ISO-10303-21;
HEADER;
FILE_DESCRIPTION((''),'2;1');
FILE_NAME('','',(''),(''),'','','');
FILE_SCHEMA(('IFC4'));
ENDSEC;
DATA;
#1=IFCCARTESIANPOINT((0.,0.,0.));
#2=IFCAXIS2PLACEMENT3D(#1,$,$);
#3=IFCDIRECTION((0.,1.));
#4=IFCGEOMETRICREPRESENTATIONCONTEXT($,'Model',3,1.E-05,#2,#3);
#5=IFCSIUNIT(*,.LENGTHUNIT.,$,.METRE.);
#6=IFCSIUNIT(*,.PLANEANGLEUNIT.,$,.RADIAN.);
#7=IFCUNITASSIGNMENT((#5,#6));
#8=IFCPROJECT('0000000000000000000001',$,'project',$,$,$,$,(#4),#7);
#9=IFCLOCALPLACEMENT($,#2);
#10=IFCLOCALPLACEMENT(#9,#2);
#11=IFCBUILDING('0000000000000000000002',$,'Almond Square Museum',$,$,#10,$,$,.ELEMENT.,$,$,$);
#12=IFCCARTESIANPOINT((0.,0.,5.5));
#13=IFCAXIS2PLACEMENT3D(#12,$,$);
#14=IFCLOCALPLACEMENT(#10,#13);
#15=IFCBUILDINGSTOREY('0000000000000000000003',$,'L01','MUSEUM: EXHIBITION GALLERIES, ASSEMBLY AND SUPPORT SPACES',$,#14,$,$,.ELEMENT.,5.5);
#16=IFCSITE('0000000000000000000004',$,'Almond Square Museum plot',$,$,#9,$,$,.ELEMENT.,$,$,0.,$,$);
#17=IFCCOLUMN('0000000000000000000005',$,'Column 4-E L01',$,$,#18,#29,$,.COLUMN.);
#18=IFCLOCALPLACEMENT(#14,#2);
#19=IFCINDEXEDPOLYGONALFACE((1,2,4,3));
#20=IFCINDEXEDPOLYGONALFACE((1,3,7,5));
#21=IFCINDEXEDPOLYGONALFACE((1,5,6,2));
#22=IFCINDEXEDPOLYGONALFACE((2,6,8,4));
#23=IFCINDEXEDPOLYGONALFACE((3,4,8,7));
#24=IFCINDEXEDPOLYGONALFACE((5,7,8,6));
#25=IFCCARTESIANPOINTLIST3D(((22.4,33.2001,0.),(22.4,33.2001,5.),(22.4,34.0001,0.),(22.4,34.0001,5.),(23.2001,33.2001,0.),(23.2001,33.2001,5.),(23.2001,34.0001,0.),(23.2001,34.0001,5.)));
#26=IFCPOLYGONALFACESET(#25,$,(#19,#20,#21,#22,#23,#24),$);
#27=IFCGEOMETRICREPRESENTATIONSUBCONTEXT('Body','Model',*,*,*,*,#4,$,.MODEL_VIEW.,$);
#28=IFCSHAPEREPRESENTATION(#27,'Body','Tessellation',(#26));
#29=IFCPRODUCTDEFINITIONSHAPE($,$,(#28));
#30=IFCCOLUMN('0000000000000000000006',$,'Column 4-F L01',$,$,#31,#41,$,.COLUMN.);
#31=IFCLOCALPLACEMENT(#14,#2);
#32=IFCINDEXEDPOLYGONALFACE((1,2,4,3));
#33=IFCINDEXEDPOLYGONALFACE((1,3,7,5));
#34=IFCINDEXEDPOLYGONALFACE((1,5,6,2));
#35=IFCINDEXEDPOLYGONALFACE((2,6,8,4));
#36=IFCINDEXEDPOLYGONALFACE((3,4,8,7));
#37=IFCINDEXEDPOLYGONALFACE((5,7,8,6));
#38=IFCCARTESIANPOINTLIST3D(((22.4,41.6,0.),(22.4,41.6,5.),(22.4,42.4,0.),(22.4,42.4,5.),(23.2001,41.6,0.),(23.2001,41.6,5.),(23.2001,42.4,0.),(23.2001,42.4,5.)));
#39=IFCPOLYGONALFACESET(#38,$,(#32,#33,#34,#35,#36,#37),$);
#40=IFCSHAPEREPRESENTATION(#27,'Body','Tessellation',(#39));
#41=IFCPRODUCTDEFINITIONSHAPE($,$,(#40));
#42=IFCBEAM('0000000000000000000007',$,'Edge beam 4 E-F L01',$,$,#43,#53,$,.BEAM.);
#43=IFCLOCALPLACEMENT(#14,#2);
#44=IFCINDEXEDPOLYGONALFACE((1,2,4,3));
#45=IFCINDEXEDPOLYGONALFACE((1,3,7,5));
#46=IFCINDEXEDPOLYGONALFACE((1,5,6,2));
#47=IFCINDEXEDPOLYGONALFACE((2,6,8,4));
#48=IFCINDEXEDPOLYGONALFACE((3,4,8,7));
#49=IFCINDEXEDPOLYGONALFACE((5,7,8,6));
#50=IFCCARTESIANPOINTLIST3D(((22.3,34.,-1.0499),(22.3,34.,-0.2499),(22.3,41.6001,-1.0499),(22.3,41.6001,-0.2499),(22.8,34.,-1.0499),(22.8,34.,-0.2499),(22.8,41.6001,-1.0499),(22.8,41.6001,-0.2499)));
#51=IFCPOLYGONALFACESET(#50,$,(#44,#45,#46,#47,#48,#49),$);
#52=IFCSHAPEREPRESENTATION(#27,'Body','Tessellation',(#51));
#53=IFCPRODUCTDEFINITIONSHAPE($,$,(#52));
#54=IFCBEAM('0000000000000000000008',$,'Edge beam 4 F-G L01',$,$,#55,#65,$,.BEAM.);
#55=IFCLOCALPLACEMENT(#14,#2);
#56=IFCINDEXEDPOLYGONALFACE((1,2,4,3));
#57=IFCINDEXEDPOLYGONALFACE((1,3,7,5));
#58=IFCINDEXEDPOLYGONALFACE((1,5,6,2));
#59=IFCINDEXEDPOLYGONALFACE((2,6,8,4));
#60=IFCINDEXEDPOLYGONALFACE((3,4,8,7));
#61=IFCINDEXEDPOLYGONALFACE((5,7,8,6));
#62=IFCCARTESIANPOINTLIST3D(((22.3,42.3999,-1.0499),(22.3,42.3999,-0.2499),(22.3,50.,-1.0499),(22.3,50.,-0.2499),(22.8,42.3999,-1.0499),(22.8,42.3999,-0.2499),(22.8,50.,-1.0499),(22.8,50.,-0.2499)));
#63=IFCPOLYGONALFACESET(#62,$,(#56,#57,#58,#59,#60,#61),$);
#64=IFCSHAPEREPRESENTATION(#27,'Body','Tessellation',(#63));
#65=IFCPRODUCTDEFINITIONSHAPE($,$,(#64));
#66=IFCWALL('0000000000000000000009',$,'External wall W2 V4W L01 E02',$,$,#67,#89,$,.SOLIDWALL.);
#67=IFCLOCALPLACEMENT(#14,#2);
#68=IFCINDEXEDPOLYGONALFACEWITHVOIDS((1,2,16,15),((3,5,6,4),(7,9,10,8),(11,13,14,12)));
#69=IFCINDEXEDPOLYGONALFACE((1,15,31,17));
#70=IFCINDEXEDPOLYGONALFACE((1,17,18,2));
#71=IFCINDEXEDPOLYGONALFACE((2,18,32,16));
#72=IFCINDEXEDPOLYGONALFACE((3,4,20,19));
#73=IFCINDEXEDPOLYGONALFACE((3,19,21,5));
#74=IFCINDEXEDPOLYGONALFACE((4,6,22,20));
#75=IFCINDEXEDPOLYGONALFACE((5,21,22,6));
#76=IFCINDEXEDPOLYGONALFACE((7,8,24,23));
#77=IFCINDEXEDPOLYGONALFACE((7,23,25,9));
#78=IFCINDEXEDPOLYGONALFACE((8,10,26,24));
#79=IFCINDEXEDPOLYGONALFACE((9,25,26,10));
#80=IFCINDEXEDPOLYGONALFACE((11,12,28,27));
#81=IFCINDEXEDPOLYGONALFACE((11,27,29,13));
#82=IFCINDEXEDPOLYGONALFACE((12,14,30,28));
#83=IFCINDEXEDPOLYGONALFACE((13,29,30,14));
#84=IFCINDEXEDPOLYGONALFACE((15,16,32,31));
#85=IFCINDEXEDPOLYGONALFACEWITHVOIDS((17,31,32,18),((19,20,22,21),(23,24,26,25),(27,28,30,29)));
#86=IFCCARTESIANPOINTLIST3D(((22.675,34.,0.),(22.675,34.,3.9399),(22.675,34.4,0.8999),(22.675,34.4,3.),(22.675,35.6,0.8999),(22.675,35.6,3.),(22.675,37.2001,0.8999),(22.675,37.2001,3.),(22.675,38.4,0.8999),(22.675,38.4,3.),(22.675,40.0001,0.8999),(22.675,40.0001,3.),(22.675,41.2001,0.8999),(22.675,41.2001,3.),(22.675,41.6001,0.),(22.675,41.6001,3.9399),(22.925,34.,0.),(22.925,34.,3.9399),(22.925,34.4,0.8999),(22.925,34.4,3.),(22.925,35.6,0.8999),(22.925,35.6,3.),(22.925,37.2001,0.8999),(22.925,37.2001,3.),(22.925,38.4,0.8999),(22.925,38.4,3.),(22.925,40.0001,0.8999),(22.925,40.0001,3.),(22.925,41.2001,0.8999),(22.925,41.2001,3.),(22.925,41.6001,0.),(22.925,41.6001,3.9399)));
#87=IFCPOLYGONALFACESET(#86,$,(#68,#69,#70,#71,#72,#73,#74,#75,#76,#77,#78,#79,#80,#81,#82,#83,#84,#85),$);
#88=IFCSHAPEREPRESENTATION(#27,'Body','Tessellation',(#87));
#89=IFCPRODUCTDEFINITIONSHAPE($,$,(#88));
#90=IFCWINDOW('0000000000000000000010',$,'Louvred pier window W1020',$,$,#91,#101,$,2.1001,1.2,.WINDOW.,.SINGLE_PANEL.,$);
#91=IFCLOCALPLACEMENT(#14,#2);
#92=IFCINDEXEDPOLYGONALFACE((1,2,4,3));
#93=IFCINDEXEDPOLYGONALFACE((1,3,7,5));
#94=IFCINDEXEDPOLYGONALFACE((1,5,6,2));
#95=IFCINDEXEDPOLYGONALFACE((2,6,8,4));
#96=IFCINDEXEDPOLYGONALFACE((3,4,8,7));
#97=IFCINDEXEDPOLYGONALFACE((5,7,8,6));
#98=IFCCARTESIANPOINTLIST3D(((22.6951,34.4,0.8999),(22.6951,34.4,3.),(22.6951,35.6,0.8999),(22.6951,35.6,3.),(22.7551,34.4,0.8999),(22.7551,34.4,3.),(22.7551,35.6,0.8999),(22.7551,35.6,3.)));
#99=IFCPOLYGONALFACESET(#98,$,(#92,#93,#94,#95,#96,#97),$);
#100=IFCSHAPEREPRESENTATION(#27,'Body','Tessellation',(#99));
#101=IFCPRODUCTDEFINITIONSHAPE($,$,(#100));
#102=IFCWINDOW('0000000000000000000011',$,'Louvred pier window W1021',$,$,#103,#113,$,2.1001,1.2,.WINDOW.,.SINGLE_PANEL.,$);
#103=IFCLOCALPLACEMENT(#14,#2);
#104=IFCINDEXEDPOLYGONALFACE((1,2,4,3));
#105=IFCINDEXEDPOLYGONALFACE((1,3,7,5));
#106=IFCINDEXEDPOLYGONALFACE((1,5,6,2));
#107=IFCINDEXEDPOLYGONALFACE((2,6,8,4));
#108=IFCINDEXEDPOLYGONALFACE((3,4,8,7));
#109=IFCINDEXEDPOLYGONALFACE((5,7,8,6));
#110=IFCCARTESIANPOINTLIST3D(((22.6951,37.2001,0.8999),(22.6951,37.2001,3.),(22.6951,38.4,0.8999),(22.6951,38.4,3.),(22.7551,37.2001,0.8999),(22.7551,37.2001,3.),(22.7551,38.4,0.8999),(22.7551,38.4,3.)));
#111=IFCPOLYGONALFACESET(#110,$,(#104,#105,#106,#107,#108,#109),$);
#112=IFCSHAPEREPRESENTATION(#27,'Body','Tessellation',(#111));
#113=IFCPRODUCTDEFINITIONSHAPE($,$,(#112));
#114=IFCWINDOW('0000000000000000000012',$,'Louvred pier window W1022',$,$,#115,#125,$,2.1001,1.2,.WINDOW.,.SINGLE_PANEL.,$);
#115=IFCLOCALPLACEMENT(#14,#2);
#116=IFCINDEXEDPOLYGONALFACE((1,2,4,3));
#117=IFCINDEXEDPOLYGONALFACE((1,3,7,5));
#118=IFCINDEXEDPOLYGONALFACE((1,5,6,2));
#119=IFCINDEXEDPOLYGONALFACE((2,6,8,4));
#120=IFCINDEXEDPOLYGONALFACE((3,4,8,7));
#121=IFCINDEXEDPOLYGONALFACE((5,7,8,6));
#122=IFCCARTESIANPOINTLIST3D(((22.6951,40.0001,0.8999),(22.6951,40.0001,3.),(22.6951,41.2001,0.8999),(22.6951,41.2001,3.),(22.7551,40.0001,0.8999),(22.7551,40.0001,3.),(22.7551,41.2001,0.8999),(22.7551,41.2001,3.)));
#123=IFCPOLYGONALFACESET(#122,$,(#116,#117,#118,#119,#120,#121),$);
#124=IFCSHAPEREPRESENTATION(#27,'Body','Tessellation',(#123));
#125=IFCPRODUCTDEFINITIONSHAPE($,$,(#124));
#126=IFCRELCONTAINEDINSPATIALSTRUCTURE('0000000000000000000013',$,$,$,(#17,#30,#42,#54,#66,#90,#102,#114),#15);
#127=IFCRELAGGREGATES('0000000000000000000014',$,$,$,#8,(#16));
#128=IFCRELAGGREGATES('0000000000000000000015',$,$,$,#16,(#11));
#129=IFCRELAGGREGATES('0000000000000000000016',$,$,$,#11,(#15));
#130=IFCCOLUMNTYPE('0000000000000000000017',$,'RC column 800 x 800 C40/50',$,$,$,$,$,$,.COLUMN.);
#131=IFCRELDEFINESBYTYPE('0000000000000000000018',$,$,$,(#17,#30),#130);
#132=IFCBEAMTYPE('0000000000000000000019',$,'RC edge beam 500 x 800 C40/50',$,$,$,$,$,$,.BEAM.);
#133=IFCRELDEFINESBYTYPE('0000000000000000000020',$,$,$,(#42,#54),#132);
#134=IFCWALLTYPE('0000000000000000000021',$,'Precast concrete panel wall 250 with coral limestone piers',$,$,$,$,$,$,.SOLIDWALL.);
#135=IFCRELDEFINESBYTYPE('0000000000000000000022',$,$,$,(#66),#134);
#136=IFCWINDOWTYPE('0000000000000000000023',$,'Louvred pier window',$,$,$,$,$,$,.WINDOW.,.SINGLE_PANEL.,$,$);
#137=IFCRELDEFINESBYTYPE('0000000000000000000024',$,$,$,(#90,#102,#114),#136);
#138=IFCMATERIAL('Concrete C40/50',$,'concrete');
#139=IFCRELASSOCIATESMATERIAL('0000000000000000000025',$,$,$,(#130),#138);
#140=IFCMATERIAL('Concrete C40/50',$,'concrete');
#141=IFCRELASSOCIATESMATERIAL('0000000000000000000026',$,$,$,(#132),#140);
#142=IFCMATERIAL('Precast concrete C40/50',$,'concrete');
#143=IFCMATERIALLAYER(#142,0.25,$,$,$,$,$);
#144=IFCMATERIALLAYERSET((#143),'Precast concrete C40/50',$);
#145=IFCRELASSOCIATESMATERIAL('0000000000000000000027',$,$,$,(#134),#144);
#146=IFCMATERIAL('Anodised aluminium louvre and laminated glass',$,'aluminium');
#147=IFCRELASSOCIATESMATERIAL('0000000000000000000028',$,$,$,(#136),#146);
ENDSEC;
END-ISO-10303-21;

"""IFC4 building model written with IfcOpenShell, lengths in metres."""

from ifc_helpers import new_model, si_unit, direction, frame, frame_2d, origin, origin_2d, place, context, subcontext, project, spatial, rectangle, extrude, material, layer, layer_set, material_profile, profile_set, type_object, element, fill, save


model = new_model("IFC4")

# Units and contexts
model_context = context("Model", 3, precision=1e-05, world=origin(), true_north=direction((0.0, 1.0)))
body_context = subcontext(model_context, "Body", "Model", "MODEL_VIEW")
ifc_project = project(units=[si_unit("LENGTHUNIT", "METRE"), si_unit("PLANEANGLEUNIT", "RADIAN")], contexts=[model_context])

# Site, building, storey
site_placement = place(None, origin())
site = spatial("IfcSite", under=ifc_project, at=site_placement, Name="Almond Square Museum plot", CompositionType="ELEMENT", RefElevation=0.0)
building_placement = place(site_placement, origin())
building = spatial("IfcBuilding", under=site, at=building_placement, Name="Almond Square Museum", CompositionType="ELEMENT")
storey_placement = place(building_placement, frame((0.0, 0.0, 5.5)))
storey = spatial("IfcBuildingStorey", under=building, at=storey_placement, Name="L01", Description="MUSEUM: EXHIBITION GALLERIES, ASSEMBLY AND SUPPORT SPACES", CompositionType="ELEMENT", Elevation=5.5)

# Columns
ifc_material_1 = material(Name="Concrete C40/50", Category="concrete")
ifc_material_profile_1 = material_profile(ifc_material_1, rectangle(XDim=0.8, YDim=0.8, at=origin_2d()))
ifc_profile_set_1 = profile_set([ifc_material_profile_1], Name="Concrete C40/50")
column_type = type_object("IfcColumnType", Name="RC column 800 x 800 C40/50", PredefinedType="COLUMN", material=ifc_profile_set_1)
for number, where, z_axis, x_axis, name in (
    (1, (22.8, 33.6001, 0.0), (0.0, 0.0, 1.0), (1.0, 0.0, 0.0), "Column 4-E L01"),
    (2, (22.8, 42.0, 0.0), (0.0, 0.0, 1.0), (1.0, 0.0, 0.0), "Column 4-F L01"),
):
    element("IfcColumn", number, at=place(storey_placement, frame(where, z_axis=z_axis, x_axis=x_axis)), inside=storey, type_object=column_type, Name=name, PredefinedType="COLUMN", context=body_context, shape_type="SweptSolid", body=[
        extrude(rectangle(XDim=0.8, YDim=0.8, at=origin_2d()), origin(), (0.0, 0.0, 1.0), 5.0),
    ])

# Beams
ifc_material_2 = material(Name="Concrete C40/50", Category="concrete")
ifc_material_profile_2 = material_profile(ifc_material_2, rectangle(XDim=0.5, YDim=0.8, at=origin_2d()))
ifc_profile_set_2 = profile_set([ifc_material_profile_2], Name="Concrete C40/50")
beam_type = type_object("IfcBeamType", Name="RC edge beam 500 x 800 C40/50", PredefinedType="BEAM", material=ifc_profile_set_2)
for number, where, z_axis, x_axis, name in (
    (3, (22.55, 34.0, -0.6499), (0.0, 1.0, 0.0), (-1.0, 0.0, 0.0), "Edge beam 4 E-F L01"),
    (4, (22.55, 42.3999, -0.6499), (0.0, 1.0, 0.0), (-1.0, 0.0, 0.0), "Edge beam 4 F-G L01"),
):
    element("IfcBeam", number, at=place(storey_placement, frame(where, z_axis=z_axis, x_axis=x_axis)), inside=storey, type_object=beam_type, Name=name, PredefinedType="BEAM", context=body_context, shape_type="SweptSolid", body=[
        extrude(rectangle(XDim=0.5, YDim=0.8, at=origin_2d()), origin(), (0.0, 0.0, 1.0), 7.6001),
    ])

# Wall, openings, windows
ifc_material_3 = material(Name="Precast concrete C40/50", Category="concrete")
ifc_layer = layer(ifc_material_3, 0.25)
ifc_layer_set = layer_set([ifc_layer], Name="Precast concrete C40/50")
wall_type = type_object("IfcWallType", Name="Precast concrete panel wall 250 with coral limestone piers", PredefinedType="SOLIDWALL", material=ifc_layer_set)
wall_1_placement = place(storey_placement, frame((22.8, 34.0, 0.0), z_axis=(0.0, 0.0, 1.0), x_axis=(0.0, 1.0, 0.0)))
wall_1 = element("IfcWall", 5, at=wall_1_placement, inside=storey, type_object=wall_type, Name="External wall W2 V4W L01 E02", PredefinedType="SOLIDWALL", context=body_context, shape_type="SweptSolid", body=[
    extrude(rectangle(XDim=7.6001, YDim=0.25, at=frame_2d((3.8, 0.0))), origin(), (0.0, 0.0, 1.0), 3.9399),
])
opening_1_placement = place(wall_1_placement, frame((0.3999, 0.0, 0.8999)))
opening_1 = element("IfcOpeningElement", 6, at=opening_1_placement, cuts=wall_1, PredefinedType="OPENING", context=body_context, shape_type="SweptSolid", body=[
    extrude(rectangle(XDim=1.2, YDim=2.1001, at=frame_2d((0.6001, 1.05))), frame((0.0, 0.135, 0.0), z_axis=(0.0, -1.0, 0.0), x_axis=(1.0, 0.0, 0.0)), (0.0, 0.0, 1.0), 0.27),
])
opening_2_placement = place(wall_1_placement, frame((3.2, 0.0, 0.8999)))
opening_2 = element("IfcOpeningElement", 7, at=opening_2_placement, cuts=wall_1, PredefinedType="OPENING", context=body_context, shape_type="SweptSolid", body=[
    extrude(rectangle(XDim=1.2, YDim=2.1001, at=frame_2d((0.6001, 1.05))), frame((0.0, 0.135, 0.0), z_axis=(0.0, -1.0, 0.0), x_axis=(1.0, 0.0, 0.0)), (0.0, 0.0, 1.0), 0.27),
])
opening_3_placement = place(wall_1_placement, frame((6.0, 0.0, 0.8999)))
opening_3 = element("IfcOpeningElement", 8, at=opening_3_placement, cuts=wall_1, PredefinedType="OPENING", context=body_context, shape_type="SweptSolid", body=[
    extrude(rectangle(XDim=1.2, YDim=2.1001, at=frame_2d((0.6001, 1.05))), frame((0.0, 0.135, 0.0), z_axis=(0.0, -1.0, 0.0), x_axis=(1.0, 0.0, 0.0)), (0.0, 0.0, 1.0), 0.27),
])
ifc_material_4 = material(Name="Anodised aluminium louvre and laminated glass", Category="aluminium")
window_type = type_object("IfcWindowType", Name="Louvred pier window", PartitioningType="SINGLE_PANEL", PredefinedType="WINDOW", material=ifc_material_4)
window_1_placement = place(opening_1_placement, origin())
window_1 = element("IfcWindow", 9, at=window_1_placement, inside=storey, type_object=window_type, Name="Louvred pier window W1020", OverallHeight=2.1001, OverallWidth=1.2, PartitioningType="SINGLE_PANEL", PredefinedType="WINDOW", context=body_context, shape_type="SweptSolid", body=[
    extrude(rectangle(XDim=1.2, YDim=2.1001, at=frame_2d((0.6001, 1.05))), frame((0.0, 0.105, 0.0), z_axis=(0.0, -1.0, 0.0), x_axis=(1.0, 0.0, 0.0)), (0.0, 0.0, 1.0), 0.0601),
])
fill(opening_1, window_1)
window_2_placement = place(opening_2_placement, origin())
window_2 = element("IfcWindow", 10, at=window_2_placement, inside=storey, type_object=window_type, Name="Louvred pier window W1021", OverallHeight=2.1001, OverallWidth=1.2, PartitioningType="SINGLE_PANEL", PredefinedType="WINDOW", context=body_context, shape_type="SweptSolid", body=[
    extrude(rectangle(XDim=1.2, YDim=2.1001, at=frame_2d((0.6001, 1.05))), frame((0.0, 0.105, 0.0), z_axis=(0.0, -1.0, 0.0), x_axis=(1.0, 0.0, 0.0)), (0.0, 0.0, 1.0), 0.0601),
])
fill(opening_2, window_2)
window_3_placement = place(opening_3_placement, origin())
window_3 = element("IfcWindow", 11, at=window_3_placement, inside=storey, type_object=window_type, Name="Louvred pier window W1022", OverallHeight=2.1001, OverallWidth=1.2, PartitioningType="SINGLE_PANEL", PredefinedType="WINDOW", context=body_context, shape_type="SweptSolid", body=[
    extrude(rectangle(XDim=1.2, YDim=2.1001, at=frame_2d((0.6001, 1.05))), frame((0.0, 0.105, 0.0), z_axis=(0.0, -1.0, 0.0), x_axis=(1.0, 0.0, 0.0)), (0.0, 0.0, 1.0), 0.0601),
])
fill(opening_3, window_3)

save(model, "model.ifc")
